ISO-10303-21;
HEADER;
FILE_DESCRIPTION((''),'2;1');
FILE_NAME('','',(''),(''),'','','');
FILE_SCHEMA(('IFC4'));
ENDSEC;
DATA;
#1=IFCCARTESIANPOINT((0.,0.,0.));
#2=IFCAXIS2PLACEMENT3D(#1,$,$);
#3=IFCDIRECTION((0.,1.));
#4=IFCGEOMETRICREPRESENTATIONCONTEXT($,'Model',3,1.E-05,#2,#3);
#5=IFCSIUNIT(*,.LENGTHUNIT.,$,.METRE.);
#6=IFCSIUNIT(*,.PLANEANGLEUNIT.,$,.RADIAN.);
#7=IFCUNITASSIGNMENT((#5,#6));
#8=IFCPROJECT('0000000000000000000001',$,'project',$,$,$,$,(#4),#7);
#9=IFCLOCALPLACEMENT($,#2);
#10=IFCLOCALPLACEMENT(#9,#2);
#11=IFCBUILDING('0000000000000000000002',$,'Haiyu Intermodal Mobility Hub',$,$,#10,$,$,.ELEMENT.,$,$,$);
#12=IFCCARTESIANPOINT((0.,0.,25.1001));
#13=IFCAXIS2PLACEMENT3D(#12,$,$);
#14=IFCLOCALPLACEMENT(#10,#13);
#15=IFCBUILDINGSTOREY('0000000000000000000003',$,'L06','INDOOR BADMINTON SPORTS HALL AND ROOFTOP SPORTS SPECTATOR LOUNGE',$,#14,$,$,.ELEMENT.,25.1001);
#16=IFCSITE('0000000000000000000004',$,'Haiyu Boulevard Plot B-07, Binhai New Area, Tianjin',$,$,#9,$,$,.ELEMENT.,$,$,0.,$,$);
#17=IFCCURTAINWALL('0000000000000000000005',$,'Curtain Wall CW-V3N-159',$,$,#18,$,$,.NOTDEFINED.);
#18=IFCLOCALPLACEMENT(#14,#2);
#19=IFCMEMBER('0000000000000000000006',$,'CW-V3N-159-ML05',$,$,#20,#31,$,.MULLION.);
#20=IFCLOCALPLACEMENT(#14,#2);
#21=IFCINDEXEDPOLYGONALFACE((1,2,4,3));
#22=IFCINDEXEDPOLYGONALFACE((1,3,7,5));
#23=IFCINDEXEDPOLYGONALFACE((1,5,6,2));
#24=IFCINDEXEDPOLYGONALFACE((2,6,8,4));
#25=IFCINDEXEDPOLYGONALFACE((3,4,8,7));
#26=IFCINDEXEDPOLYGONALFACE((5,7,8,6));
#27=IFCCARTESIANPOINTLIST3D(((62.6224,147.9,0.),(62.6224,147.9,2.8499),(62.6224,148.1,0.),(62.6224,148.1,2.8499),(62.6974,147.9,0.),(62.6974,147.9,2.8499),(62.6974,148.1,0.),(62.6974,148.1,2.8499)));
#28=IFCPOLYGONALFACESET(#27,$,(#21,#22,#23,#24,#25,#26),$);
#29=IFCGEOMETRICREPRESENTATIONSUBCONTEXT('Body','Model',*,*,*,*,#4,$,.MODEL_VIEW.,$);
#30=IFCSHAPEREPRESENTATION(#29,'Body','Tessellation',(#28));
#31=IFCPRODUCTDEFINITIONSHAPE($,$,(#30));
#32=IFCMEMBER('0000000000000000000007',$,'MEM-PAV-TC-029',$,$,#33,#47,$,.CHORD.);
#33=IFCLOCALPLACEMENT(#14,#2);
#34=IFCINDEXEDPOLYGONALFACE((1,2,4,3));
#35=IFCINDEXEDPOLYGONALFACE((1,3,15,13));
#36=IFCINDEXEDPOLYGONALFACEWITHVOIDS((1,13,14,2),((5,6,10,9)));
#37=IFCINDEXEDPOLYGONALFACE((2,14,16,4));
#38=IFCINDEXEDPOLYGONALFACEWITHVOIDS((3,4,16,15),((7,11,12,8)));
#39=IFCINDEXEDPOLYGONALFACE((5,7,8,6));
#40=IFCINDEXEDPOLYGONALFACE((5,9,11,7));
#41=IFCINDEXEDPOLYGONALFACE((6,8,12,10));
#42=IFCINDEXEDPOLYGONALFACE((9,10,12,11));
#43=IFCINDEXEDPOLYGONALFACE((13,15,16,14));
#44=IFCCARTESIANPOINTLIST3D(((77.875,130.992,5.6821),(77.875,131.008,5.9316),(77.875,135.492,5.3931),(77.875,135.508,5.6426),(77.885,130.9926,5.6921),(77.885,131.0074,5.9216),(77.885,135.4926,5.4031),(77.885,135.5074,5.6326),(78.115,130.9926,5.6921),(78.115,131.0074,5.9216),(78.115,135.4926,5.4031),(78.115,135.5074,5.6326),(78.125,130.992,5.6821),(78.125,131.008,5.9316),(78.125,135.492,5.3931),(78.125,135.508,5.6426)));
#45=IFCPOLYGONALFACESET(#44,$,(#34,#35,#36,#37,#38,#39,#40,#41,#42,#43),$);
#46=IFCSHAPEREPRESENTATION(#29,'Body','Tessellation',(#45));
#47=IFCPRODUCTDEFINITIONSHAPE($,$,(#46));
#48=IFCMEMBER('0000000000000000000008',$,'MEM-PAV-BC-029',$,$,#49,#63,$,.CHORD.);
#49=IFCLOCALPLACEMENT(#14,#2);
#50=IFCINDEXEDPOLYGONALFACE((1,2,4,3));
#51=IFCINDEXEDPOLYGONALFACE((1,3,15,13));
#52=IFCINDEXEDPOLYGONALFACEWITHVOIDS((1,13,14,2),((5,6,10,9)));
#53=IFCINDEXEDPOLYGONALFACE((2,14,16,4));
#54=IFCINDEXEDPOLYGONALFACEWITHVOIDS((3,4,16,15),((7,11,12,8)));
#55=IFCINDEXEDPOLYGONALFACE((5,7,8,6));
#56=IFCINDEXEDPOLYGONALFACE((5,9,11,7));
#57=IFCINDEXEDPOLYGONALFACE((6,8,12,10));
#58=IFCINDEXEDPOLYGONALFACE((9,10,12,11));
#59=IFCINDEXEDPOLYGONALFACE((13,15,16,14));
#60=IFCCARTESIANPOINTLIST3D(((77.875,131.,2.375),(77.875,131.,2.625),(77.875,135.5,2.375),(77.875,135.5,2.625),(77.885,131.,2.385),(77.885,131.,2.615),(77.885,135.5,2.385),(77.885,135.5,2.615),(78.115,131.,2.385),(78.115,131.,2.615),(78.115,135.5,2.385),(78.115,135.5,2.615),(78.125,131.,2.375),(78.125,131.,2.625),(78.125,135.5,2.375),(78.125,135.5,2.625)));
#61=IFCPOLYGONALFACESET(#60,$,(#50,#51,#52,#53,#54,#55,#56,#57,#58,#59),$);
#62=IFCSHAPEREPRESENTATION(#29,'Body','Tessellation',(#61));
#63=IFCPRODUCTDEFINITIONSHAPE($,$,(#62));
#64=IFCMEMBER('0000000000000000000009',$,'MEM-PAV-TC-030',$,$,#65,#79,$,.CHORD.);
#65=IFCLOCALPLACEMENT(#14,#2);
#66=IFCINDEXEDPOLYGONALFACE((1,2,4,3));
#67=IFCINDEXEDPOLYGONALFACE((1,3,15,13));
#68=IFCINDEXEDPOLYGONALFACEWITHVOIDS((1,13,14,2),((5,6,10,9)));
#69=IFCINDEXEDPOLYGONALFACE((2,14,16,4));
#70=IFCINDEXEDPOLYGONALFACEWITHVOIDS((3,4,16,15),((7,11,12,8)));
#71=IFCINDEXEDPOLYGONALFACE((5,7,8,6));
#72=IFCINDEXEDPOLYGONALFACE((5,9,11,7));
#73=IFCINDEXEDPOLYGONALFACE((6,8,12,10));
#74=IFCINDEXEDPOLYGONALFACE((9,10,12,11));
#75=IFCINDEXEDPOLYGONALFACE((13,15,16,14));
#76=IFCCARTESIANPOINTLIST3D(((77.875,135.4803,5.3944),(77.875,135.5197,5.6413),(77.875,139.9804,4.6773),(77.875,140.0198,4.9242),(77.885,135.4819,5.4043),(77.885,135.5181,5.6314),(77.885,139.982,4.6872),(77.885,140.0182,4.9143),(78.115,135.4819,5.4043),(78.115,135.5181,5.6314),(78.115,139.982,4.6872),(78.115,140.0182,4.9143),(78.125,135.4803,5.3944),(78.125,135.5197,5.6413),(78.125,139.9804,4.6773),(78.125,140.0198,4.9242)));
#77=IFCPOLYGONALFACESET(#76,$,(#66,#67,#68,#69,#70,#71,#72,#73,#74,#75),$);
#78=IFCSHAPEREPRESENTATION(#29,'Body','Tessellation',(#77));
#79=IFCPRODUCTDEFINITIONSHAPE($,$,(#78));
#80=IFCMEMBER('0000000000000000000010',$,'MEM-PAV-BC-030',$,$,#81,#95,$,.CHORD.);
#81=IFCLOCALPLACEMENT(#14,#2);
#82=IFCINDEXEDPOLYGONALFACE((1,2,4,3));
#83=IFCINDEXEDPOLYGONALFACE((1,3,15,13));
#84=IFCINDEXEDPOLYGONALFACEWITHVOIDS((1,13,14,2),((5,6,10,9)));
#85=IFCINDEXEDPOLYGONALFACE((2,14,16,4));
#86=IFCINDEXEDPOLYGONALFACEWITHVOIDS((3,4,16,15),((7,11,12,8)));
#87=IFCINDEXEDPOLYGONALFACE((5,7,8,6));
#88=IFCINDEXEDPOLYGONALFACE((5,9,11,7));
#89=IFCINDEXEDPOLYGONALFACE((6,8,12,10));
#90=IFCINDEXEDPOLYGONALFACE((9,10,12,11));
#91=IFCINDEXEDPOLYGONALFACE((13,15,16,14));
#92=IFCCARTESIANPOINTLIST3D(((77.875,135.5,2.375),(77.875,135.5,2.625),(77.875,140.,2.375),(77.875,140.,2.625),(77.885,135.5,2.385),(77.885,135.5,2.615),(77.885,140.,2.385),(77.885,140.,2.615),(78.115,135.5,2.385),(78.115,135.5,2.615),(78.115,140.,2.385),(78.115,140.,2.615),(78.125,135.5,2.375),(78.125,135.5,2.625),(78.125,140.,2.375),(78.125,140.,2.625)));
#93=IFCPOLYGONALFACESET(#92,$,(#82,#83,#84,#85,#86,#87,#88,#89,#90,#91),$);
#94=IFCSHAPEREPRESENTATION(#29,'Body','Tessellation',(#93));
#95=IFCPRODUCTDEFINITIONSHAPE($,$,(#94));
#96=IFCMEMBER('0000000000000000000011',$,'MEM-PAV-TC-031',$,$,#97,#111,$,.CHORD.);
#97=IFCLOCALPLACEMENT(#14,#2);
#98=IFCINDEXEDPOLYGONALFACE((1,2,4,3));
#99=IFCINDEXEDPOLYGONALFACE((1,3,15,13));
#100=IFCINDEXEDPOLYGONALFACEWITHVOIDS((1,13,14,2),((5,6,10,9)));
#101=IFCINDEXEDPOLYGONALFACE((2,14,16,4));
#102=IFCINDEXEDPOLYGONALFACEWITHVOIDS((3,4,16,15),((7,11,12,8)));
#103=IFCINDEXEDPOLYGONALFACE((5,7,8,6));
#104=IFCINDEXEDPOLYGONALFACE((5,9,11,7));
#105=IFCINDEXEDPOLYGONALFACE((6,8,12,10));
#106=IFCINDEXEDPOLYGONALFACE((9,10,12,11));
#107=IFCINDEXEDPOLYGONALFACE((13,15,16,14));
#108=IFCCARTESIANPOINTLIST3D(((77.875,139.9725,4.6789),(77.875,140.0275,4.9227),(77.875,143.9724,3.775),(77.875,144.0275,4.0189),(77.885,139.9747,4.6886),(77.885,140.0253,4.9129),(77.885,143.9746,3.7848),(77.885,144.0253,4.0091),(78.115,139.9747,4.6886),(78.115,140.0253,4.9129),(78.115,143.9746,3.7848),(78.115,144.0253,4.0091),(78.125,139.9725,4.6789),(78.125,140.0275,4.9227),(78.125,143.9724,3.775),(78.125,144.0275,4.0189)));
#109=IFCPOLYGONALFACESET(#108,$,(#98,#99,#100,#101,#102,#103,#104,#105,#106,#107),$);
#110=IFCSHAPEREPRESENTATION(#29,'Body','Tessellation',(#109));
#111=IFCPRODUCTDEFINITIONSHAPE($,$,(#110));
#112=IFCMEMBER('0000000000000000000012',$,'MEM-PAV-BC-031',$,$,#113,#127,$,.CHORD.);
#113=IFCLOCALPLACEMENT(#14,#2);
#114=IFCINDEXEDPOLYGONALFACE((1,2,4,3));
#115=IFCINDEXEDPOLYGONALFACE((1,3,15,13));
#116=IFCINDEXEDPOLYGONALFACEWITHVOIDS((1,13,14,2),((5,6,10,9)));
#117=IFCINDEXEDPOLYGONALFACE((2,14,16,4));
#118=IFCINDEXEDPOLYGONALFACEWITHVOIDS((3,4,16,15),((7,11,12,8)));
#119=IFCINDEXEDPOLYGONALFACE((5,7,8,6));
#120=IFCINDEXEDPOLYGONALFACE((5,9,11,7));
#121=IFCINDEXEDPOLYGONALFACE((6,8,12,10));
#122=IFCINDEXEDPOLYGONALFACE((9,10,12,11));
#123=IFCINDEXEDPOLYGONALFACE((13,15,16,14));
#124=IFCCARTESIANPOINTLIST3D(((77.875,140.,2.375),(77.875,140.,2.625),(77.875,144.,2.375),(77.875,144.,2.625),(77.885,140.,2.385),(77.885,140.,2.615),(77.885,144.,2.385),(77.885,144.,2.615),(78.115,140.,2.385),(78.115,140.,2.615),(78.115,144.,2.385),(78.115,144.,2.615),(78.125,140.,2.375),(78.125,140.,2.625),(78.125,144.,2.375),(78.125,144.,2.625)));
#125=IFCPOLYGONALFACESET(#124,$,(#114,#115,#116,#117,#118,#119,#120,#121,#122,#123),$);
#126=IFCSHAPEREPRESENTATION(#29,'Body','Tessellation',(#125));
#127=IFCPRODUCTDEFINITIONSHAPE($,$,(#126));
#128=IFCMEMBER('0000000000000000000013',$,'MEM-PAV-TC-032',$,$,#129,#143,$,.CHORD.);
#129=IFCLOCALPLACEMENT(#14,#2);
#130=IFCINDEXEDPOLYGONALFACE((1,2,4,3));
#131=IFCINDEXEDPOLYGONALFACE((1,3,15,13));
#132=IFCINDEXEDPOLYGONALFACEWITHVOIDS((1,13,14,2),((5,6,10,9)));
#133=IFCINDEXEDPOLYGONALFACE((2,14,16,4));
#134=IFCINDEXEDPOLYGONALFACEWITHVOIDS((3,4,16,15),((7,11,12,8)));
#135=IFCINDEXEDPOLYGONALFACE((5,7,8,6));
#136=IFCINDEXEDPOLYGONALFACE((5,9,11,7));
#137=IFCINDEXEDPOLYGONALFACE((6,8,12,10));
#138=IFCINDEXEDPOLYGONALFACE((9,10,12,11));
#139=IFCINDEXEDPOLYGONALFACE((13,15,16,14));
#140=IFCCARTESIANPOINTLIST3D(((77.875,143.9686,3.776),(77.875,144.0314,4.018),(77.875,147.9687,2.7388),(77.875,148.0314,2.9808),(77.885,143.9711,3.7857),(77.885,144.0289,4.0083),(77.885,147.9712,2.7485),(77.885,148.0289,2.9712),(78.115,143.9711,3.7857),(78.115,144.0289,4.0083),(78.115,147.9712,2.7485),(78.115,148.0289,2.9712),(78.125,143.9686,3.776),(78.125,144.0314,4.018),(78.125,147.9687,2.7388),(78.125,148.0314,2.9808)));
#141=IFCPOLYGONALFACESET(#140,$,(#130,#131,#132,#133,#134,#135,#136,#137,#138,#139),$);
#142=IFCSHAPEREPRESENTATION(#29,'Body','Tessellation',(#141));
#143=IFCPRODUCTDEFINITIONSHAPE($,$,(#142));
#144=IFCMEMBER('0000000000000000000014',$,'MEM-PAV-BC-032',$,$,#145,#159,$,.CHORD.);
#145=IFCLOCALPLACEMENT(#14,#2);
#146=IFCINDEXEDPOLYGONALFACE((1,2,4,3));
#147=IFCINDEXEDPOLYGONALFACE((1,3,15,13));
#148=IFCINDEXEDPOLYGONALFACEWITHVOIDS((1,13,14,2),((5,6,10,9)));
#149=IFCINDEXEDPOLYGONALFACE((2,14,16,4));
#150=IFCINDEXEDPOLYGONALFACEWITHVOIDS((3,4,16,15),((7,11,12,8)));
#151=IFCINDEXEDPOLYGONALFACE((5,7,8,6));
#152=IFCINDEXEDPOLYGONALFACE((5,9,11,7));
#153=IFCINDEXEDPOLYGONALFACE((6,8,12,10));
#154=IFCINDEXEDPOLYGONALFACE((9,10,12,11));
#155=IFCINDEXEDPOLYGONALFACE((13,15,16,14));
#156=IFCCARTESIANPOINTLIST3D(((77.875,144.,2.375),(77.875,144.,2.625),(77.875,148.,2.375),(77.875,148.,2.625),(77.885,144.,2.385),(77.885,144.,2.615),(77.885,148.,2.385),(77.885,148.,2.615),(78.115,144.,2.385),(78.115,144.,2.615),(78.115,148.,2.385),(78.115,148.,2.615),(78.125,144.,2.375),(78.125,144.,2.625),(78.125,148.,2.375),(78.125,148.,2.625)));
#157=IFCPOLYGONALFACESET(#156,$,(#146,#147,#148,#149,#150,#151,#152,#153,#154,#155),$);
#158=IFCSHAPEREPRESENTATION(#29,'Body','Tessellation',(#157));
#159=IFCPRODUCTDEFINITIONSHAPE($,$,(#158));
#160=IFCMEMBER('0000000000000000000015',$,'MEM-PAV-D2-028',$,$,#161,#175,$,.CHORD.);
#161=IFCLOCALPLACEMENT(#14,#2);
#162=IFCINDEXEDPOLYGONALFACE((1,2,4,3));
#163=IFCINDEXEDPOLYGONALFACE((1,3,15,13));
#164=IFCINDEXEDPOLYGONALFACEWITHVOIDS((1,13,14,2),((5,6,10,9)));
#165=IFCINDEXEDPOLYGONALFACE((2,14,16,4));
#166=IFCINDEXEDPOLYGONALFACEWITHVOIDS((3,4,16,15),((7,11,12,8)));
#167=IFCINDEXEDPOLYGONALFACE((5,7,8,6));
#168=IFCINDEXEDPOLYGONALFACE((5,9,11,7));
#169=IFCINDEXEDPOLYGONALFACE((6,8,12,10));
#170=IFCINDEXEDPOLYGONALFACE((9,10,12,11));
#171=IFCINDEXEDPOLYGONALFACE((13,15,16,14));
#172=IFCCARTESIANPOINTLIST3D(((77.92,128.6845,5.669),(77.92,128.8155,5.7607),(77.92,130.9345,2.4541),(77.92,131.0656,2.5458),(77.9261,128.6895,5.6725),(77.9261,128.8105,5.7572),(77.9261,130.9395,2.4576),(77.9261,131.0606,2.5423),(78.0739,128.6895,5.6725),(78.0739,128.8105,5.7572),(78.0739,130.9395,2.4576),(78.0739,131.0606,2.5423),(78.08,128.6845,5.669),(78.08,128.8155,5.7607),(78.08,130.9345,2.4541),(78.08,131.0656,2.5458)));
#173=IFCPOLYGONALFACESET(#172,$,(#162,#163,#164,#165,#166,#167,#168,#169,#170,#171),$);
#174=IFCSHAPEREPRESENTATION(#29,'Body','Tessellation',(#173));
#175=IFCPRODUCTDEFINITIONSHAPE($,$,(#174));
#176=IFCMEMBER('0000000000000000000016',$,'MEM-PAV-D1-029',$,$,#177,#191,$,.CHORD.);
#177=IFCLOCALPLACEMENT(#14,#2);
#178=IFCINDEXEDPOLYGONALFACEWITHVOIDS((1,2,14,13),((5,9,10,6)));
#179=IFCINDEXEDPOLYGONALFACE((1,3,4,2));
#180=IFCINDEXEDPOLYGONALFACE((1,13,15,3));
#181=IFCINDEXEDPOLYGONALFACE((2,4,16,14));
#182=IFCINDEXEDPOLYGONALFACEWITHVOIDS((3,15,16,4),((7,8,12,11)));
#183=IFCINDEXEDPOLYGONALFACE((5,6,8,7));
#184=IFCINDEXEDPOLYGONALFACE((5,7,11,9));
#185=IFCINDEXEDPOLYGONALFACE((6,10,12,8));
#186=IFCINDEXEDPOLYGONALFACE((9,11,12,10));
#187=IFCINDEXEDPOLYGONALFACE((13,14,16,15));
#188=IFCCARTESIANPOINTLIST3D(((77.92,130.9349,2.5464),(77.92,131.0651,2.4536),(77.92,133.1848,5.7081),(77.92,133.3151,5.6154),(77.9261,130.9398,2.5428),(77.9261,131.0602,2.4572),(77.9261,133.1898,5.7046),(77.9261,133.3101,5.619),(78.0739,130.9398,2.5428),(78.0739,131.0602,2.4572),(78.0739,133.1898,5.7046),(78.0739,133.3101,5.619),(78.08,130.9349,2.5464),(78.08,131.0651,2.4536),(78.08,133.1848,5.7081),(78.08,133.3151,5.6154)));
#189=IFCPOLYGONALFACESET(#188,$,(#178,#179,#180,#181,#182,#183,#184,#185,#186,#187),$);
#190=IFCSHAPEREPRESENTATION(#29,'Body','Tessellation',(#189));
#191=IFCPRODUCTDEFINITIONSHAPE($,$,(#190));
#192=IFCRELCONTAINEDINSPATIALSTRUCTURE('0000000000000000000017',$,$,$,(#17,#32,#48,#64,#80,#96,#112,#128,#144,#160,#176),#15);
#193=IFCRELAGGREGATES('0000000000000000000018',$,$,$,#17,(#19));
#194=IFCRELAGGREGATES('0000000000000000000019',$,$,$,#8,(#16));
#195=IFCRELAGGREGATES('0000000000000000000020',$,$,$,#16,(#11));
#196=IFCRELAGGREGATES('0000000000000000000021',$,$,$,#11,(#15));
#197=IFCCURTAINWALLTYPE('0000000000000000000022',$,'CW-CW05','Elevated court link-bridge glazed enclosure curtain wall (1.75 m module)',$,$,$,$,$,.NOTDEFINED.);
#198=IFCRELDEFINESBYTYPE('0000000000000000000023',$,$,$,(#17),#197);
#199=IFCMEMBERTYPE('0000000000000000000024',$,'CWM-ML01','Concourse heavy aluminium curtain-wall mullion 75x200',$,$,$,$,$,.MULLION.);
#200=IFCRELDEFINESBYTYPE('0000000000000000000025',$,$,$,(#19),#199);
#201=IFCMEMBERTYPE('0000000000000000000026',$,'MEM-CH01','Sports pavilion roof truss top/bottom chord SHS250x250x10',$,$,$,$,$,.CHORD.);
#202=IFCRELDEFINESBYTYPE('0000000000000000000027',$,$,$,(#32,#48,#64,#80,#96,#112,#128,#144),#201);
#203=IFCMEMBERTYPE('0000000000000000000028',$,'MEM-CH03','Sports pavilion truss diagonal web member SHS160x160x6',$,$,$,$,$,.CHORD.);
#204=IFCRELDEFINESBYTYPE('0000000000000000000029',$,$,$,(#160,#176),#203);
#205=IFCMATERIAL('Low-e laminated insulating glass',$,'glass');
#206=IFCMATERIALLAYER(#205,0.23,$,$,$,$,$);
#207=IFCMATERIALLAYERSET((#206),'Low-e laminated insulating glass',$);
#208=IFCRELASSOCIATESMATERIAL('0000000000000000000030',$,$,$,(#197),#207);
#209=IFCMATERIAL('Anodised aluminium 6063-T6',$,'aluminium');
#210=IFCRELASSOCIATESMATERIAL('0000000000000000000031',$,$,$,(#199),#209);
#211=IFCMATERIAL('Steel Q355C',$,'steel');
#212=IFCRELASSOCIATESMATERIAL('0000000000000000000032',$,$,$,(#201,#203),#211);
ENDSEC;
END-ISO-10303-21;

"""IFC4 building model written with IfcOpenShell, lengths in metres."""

from ifc_helpers import new_model, si_unit, direction, frame, origin, origin_2d, place, context, subcontext, project, spatial, rectangle, hollow_rectangle, extrude, material, layer, layer_set, material_profile, profile_set, type_object, element, aggregate, save


model = new_model("IFC4")

# Units and contexts
model_context = context("Model", 3, precision=1e-05, world=origin(), true_north=direction((0.0, 1.0)))
body_context = subcontext(model_context, "Body", "Model", "MODEL_VIEW")
ifc_project = project(units=[si_unit("LENGTHUNIT", "METRE"), si_unit("PLANEANGLEUNIT", "RADIAN")], contexts=[model_context])

# Site, building, storey
site_placement = place(None, origin())
site = spatial("IfcSite", under=ifc_project, at=site_placement, Name="Haiyu Boulevard Plot B-07, Binhai New Area, Tianjin", CompositionType="ELEMENT", RefElevation=0.0)
building_placement = place(site_placement, origin())
building = spatial("IfcBuilding", under=site, at=building_placement, Name="Haiyu Intermodal Mobility Hub", CompositionType="ELEMENT")
storey_placement = place(building_placement, frame((0.0, 0.0, 25.1001)))
storey = spatial("IfcBuildingStorey", under=building, at=storey_placement, Name="L06", Description="INDOOR BADMINTON SPORTS HALL AND ROOFTOP SPORTS SPECTATOR LOUNGE", CompositionType="ELEMENT", Elevation=25.1001)

# Curtain wall, member
ifc_material_1 = material(Name="Low-e laminated insulating glass", Category="glass")
ifc_layer_1 = layer(ifc_material_1, 0.23)
ifc_layer_set_1 = layer_set([ifc_layer_1], Name="Low-e laminated insulating glass")
curtain_wall_type = type_object("IfcCurtainWallType", Name="CW-CW05", Description="Elevated court link-bridge glazed enclosure curtain wall (1.75 m module)", PredefinedType="NOTDEFINED", material=ifc_layer_set_1)
curtain_wall_placement = place(storey_placement, origin())
curtain_wall = element("IfcCurtainWall", 1, at=curtain_wall_placement, inside=storey, type_object=curtain_wall_type, Name="Curtain Wall CW-V3N-159", PredefinedType="NOTDEFINED")
ifc_material_2 = material(Name="Anodised aluminium 6063-T6", Category="aluminium")
ifc_material_profile_1 = material_profile(ifc_material_2, rectangle(XDim=0.075, YDim=0.2, at=origin_2d()), Name="ALU75x200")
ifc_profile_set_1 = profile_set([ifc_material_profile_1], Name="Anodised aluminium 6063-T6")
member_type_1 = type_object("IfcMemberType", Name="CWM-ML01", Description="Concourse heavy aluminium curtain-wall mullion 75x200", PredefinedType="MULLION", material=ifc_profile_set_1)
member_1_placement = place(storey_placement, frame((62.6599, 148.0, 0.0), z_axis=(0.0, 0.0, 1.0), x_axis=(1.0, 0.0, 0.0)))
member_1 = element("IfcMember", 2, at=member_1_placement, type_object=member_type_1, Name="CW-V3N-159-ML05", PredefinedType="MULLION", context=body_context, shape_type="SweptSolid", body=[
    extrude(rectangle(XDim=0.075, YDim=0.2, at=origin_2d()), origin(), (0.0, 0.0, 1.0), 2.8499),
])

# Members
ifc_material_3 = material(Name="Steel Q355C", Category="steel")
ifc_material_profile_2 = material_profile(ifc_material_3, hollow_rectangle(XDim=0.25, YDim=0.25, WallThickness=0.01, at=origin_2d()), Name="SHS250x250x10")
ifc_profile_set_2 = profile_set([ifc_material_profile_2], Name="Steel Q355C")
member_type_2 = type_object("IfcMemberType", Name="MEM-CH01", Description="Sports pavilion roof truss top/bottom chord SHS250x250x10", PredefinedType="CHORD", material=ifc_profile_set_2)
member_2_placement = place(storey_placement, frame((78.0, 131.0, 5.8069), z_axis=(0.0, 0.997943, -0.064104), x_axis=(-1.0, 0.0, 0.0)))
element("IfcMember", 3, at=member_2_placement, inside=storey, type_object=member_type_2, Name="MEM-PAV-TC-029", PredefinedType="CHORD", context=body_context, shape_type="SweptSolid", body=[
    extrude(hollow_rectangle(XDim=0.25, YDim=0.25, WallThickness=0.01, at=origin_2d()), origin(), (0.0, 0.0, 1.0), 4.5093),
])
member_3_placement = place(storey_placement, frame((78.0, 131.0, 2.5), z_axis=(0.0, 1.0, 0.0), x_axis=(-1.0, 0.0, 0.0)))
element("IfcMember", 4, at=member_3_placement, inside=storey, type_object=member_type_2, Name="MEM-PAV-BC-029", PredefinedType="CHORD", context=body_context, shape_type="SweptSolid", body=[
    extrude(hollow_rectangle(XDim=0.25, YDim=0.25, WallThickness=0.01, at=origin_2d()), origin(), (0.0, 0.0, 1.0), 4.5),
])
member_4_placement = place(storey_placement, frame((78.0, 135.5, 5.5178), z_axis=(0.0, 0.987542, -0.157357), x_axis=(-1.0, 0.0, 0.0)))
element("IfcMember", 5, at=member_4_placement, inside=storey, type_object=member_type_2, Name="MEM-PAV-TC-030", PredefinedType="CHORD", context=body_context, shape_type="SweptSolid", body=[
    extrude(hollow_rectangle(XDim=0.25, YDim=0.25, WallThickness=0.01, at=origin_2d()), origin(), (0.0, 0.0, 1.0), 4.5569),
])
member_5_placement = place(storey_placement, frame((78.0, 135.5, 2.5), z_axis=(0.0, 1.0, 0.0), x_axis=(-1.0, 0.0, 0.0)))
element("IfcMember", 6, at=member_5_placement, inside=storey, type_object=member_type_2, Name="MEM-PAV-BC-030", PredefinedType="CHORD", context=body_context, shape_type="SweptSolid", body=[
    extrude(hollow_rectangle(XDim=0.25, YDim=0.25, WallThickness=0.01, at=origin_2d()), origin(), (0.0, 0.0, 1.0), 4.5),
])
member_6_placement = place(storey_placement, frame((78.0, 140.0, 4.8008), z_axis=(0.0, 0.97541, -0.220396), x_axis=(-1.0, 0.0, 0.0)))
element("IfcMember", 7, at=member_6_placement, inside=storey, type_object=member_type_2, Name="MEM-PAV-TC-031", PredefinedType="CHORD", context=body_context, shape_type="SweptSolid", body=[
    extrude(hollow_rectangle(XDim=0.25, YDim=0.25, WallThickness=0.01, at=origin_2d()), origin(), (0.0, 0.0, 1.0), 4.1008),
])
member_7_placement = place(storey_placement, frame((78.0, 140.0, 2.5), z_axis=(0.0, 1.0, 0.0), x_axis=(-1.0, 0.0, 0.0)))
element("IfcMember", 8, at=member_7_placement, inside=storey, type_object=member_type_2, Name="MEM-PAV-BC-031", PredefinedType="CHORD", context=body_context, shape_type="SweptSolid", body=[
    extrude(hollow_rectangle(XDim=0.25, YDim=0.25, WallThickness=0.01, at=origin_2d()), origin(), (0.0, 0.0, 1.0), 4.0),
])
member_8_placement = place(storey_placement, frame((78.0, 144.0, 3.897), z_axis=(0.0, 0.967993, -0.250979), x_axis=(-1.0, 0.0, 0.0)))
element("IfcMember", 9, at=member_8_placement, inside=storey, type_object=member_type_2, Name="MEM-PAV-TC-032", PredefinedType="CHORD", context=body_context, shape_type="SweptSolid", body=[
    extrude(hollow_rectangle(XDim=0.25, YDim=0.25, WallThickness=0.01, at=origin_2d()), origin(), (0.0, 0.0, 1.0), 4.1323),
])
member_9_placement = place(storey_placement, frame((78.0, 144.0, 2.5), z_axis=(0.0, 1.0, 0.0), x_axis=(-1.0, 0.0, 0.0)))
element("IfcMember", 10, at=member_9_placement, inside=storey, type_object=member_type_2, Name="MEM-PAV-BC-032", PredefinedType="CHORD", context=body_context, shape_type="SweptSolid", body=[
    extrude(hollow_rectangle(XDim=0.25, YDim=0.25, WallThickness=0.01, at=origin_2d()), origin(), (0.0, 0.0, 1.0), 4.0),
])
ifc_material_profile_3 = material_profile(ifc_material_3, hollow_rectangle(XDim=0.1599, YDim=0.1599, WallThickness=0.0061, at=origin_2d()), Name="SHS160x160x6")
ifc_profile_set_3 = profile_set([ifc_material_profile_3], Name="Steel Q355C")
member_type_3 = type_object("IfcMemberType", Name="MEM-CH03", Description="Sports pavilion truss diagonal web member SHS160x160x6", PredefinedType="CHORD", material=ifc_profile_set_3)
member_10_placement = place(storey_placement, frame((78.0, 128.75, 5.7148), z_axis=(0.0, 0.573396, -0.819279), x_axis=(-1.0, 0.0, 0.0)))
element("IfcMember", 11, at=member_10_placement, inside=storey, type_object=member_type_3, Name="MEM-PAV-D2-028", PredefinedType="CHORD", context=body_context, shape_type="SweptSolid", body=[
    extrude(hollow_rectangle(XDim=0.1599, YDim=0.1599, WallThickness=0.0061, at=origin_2d()), origin(), (0.0, 0.0, 1.0), 3.9241),
])
for number, where, z_axis, x_axis, name in (
    (12, (78.0, 131.0, 2.5), (0.0, 0.579791, 0.814765), (-1.0, 0.0, 0.0), "MEM-PAV-D1-029"),
):
    element("IfcMember", number, at=place(storey_placement, frame(where, z_axis=z_axis, x_axis=x_axis)), inside=storey, type_object=member_type_3, Name=name, PredefinedType="CHORD", context=body_context, shape_type="SweptSolid", body=[
        extrude(hollow_rectangle(XDim=0.1599, YDim=0.1599, WallThickness=0.0061, at=origin_2d()), origin(), (0.0, 0.0, 1.0), 3.8806),
    ])

aggregate(curtain_wall, [member_1])

save(model, "model.ifc")
